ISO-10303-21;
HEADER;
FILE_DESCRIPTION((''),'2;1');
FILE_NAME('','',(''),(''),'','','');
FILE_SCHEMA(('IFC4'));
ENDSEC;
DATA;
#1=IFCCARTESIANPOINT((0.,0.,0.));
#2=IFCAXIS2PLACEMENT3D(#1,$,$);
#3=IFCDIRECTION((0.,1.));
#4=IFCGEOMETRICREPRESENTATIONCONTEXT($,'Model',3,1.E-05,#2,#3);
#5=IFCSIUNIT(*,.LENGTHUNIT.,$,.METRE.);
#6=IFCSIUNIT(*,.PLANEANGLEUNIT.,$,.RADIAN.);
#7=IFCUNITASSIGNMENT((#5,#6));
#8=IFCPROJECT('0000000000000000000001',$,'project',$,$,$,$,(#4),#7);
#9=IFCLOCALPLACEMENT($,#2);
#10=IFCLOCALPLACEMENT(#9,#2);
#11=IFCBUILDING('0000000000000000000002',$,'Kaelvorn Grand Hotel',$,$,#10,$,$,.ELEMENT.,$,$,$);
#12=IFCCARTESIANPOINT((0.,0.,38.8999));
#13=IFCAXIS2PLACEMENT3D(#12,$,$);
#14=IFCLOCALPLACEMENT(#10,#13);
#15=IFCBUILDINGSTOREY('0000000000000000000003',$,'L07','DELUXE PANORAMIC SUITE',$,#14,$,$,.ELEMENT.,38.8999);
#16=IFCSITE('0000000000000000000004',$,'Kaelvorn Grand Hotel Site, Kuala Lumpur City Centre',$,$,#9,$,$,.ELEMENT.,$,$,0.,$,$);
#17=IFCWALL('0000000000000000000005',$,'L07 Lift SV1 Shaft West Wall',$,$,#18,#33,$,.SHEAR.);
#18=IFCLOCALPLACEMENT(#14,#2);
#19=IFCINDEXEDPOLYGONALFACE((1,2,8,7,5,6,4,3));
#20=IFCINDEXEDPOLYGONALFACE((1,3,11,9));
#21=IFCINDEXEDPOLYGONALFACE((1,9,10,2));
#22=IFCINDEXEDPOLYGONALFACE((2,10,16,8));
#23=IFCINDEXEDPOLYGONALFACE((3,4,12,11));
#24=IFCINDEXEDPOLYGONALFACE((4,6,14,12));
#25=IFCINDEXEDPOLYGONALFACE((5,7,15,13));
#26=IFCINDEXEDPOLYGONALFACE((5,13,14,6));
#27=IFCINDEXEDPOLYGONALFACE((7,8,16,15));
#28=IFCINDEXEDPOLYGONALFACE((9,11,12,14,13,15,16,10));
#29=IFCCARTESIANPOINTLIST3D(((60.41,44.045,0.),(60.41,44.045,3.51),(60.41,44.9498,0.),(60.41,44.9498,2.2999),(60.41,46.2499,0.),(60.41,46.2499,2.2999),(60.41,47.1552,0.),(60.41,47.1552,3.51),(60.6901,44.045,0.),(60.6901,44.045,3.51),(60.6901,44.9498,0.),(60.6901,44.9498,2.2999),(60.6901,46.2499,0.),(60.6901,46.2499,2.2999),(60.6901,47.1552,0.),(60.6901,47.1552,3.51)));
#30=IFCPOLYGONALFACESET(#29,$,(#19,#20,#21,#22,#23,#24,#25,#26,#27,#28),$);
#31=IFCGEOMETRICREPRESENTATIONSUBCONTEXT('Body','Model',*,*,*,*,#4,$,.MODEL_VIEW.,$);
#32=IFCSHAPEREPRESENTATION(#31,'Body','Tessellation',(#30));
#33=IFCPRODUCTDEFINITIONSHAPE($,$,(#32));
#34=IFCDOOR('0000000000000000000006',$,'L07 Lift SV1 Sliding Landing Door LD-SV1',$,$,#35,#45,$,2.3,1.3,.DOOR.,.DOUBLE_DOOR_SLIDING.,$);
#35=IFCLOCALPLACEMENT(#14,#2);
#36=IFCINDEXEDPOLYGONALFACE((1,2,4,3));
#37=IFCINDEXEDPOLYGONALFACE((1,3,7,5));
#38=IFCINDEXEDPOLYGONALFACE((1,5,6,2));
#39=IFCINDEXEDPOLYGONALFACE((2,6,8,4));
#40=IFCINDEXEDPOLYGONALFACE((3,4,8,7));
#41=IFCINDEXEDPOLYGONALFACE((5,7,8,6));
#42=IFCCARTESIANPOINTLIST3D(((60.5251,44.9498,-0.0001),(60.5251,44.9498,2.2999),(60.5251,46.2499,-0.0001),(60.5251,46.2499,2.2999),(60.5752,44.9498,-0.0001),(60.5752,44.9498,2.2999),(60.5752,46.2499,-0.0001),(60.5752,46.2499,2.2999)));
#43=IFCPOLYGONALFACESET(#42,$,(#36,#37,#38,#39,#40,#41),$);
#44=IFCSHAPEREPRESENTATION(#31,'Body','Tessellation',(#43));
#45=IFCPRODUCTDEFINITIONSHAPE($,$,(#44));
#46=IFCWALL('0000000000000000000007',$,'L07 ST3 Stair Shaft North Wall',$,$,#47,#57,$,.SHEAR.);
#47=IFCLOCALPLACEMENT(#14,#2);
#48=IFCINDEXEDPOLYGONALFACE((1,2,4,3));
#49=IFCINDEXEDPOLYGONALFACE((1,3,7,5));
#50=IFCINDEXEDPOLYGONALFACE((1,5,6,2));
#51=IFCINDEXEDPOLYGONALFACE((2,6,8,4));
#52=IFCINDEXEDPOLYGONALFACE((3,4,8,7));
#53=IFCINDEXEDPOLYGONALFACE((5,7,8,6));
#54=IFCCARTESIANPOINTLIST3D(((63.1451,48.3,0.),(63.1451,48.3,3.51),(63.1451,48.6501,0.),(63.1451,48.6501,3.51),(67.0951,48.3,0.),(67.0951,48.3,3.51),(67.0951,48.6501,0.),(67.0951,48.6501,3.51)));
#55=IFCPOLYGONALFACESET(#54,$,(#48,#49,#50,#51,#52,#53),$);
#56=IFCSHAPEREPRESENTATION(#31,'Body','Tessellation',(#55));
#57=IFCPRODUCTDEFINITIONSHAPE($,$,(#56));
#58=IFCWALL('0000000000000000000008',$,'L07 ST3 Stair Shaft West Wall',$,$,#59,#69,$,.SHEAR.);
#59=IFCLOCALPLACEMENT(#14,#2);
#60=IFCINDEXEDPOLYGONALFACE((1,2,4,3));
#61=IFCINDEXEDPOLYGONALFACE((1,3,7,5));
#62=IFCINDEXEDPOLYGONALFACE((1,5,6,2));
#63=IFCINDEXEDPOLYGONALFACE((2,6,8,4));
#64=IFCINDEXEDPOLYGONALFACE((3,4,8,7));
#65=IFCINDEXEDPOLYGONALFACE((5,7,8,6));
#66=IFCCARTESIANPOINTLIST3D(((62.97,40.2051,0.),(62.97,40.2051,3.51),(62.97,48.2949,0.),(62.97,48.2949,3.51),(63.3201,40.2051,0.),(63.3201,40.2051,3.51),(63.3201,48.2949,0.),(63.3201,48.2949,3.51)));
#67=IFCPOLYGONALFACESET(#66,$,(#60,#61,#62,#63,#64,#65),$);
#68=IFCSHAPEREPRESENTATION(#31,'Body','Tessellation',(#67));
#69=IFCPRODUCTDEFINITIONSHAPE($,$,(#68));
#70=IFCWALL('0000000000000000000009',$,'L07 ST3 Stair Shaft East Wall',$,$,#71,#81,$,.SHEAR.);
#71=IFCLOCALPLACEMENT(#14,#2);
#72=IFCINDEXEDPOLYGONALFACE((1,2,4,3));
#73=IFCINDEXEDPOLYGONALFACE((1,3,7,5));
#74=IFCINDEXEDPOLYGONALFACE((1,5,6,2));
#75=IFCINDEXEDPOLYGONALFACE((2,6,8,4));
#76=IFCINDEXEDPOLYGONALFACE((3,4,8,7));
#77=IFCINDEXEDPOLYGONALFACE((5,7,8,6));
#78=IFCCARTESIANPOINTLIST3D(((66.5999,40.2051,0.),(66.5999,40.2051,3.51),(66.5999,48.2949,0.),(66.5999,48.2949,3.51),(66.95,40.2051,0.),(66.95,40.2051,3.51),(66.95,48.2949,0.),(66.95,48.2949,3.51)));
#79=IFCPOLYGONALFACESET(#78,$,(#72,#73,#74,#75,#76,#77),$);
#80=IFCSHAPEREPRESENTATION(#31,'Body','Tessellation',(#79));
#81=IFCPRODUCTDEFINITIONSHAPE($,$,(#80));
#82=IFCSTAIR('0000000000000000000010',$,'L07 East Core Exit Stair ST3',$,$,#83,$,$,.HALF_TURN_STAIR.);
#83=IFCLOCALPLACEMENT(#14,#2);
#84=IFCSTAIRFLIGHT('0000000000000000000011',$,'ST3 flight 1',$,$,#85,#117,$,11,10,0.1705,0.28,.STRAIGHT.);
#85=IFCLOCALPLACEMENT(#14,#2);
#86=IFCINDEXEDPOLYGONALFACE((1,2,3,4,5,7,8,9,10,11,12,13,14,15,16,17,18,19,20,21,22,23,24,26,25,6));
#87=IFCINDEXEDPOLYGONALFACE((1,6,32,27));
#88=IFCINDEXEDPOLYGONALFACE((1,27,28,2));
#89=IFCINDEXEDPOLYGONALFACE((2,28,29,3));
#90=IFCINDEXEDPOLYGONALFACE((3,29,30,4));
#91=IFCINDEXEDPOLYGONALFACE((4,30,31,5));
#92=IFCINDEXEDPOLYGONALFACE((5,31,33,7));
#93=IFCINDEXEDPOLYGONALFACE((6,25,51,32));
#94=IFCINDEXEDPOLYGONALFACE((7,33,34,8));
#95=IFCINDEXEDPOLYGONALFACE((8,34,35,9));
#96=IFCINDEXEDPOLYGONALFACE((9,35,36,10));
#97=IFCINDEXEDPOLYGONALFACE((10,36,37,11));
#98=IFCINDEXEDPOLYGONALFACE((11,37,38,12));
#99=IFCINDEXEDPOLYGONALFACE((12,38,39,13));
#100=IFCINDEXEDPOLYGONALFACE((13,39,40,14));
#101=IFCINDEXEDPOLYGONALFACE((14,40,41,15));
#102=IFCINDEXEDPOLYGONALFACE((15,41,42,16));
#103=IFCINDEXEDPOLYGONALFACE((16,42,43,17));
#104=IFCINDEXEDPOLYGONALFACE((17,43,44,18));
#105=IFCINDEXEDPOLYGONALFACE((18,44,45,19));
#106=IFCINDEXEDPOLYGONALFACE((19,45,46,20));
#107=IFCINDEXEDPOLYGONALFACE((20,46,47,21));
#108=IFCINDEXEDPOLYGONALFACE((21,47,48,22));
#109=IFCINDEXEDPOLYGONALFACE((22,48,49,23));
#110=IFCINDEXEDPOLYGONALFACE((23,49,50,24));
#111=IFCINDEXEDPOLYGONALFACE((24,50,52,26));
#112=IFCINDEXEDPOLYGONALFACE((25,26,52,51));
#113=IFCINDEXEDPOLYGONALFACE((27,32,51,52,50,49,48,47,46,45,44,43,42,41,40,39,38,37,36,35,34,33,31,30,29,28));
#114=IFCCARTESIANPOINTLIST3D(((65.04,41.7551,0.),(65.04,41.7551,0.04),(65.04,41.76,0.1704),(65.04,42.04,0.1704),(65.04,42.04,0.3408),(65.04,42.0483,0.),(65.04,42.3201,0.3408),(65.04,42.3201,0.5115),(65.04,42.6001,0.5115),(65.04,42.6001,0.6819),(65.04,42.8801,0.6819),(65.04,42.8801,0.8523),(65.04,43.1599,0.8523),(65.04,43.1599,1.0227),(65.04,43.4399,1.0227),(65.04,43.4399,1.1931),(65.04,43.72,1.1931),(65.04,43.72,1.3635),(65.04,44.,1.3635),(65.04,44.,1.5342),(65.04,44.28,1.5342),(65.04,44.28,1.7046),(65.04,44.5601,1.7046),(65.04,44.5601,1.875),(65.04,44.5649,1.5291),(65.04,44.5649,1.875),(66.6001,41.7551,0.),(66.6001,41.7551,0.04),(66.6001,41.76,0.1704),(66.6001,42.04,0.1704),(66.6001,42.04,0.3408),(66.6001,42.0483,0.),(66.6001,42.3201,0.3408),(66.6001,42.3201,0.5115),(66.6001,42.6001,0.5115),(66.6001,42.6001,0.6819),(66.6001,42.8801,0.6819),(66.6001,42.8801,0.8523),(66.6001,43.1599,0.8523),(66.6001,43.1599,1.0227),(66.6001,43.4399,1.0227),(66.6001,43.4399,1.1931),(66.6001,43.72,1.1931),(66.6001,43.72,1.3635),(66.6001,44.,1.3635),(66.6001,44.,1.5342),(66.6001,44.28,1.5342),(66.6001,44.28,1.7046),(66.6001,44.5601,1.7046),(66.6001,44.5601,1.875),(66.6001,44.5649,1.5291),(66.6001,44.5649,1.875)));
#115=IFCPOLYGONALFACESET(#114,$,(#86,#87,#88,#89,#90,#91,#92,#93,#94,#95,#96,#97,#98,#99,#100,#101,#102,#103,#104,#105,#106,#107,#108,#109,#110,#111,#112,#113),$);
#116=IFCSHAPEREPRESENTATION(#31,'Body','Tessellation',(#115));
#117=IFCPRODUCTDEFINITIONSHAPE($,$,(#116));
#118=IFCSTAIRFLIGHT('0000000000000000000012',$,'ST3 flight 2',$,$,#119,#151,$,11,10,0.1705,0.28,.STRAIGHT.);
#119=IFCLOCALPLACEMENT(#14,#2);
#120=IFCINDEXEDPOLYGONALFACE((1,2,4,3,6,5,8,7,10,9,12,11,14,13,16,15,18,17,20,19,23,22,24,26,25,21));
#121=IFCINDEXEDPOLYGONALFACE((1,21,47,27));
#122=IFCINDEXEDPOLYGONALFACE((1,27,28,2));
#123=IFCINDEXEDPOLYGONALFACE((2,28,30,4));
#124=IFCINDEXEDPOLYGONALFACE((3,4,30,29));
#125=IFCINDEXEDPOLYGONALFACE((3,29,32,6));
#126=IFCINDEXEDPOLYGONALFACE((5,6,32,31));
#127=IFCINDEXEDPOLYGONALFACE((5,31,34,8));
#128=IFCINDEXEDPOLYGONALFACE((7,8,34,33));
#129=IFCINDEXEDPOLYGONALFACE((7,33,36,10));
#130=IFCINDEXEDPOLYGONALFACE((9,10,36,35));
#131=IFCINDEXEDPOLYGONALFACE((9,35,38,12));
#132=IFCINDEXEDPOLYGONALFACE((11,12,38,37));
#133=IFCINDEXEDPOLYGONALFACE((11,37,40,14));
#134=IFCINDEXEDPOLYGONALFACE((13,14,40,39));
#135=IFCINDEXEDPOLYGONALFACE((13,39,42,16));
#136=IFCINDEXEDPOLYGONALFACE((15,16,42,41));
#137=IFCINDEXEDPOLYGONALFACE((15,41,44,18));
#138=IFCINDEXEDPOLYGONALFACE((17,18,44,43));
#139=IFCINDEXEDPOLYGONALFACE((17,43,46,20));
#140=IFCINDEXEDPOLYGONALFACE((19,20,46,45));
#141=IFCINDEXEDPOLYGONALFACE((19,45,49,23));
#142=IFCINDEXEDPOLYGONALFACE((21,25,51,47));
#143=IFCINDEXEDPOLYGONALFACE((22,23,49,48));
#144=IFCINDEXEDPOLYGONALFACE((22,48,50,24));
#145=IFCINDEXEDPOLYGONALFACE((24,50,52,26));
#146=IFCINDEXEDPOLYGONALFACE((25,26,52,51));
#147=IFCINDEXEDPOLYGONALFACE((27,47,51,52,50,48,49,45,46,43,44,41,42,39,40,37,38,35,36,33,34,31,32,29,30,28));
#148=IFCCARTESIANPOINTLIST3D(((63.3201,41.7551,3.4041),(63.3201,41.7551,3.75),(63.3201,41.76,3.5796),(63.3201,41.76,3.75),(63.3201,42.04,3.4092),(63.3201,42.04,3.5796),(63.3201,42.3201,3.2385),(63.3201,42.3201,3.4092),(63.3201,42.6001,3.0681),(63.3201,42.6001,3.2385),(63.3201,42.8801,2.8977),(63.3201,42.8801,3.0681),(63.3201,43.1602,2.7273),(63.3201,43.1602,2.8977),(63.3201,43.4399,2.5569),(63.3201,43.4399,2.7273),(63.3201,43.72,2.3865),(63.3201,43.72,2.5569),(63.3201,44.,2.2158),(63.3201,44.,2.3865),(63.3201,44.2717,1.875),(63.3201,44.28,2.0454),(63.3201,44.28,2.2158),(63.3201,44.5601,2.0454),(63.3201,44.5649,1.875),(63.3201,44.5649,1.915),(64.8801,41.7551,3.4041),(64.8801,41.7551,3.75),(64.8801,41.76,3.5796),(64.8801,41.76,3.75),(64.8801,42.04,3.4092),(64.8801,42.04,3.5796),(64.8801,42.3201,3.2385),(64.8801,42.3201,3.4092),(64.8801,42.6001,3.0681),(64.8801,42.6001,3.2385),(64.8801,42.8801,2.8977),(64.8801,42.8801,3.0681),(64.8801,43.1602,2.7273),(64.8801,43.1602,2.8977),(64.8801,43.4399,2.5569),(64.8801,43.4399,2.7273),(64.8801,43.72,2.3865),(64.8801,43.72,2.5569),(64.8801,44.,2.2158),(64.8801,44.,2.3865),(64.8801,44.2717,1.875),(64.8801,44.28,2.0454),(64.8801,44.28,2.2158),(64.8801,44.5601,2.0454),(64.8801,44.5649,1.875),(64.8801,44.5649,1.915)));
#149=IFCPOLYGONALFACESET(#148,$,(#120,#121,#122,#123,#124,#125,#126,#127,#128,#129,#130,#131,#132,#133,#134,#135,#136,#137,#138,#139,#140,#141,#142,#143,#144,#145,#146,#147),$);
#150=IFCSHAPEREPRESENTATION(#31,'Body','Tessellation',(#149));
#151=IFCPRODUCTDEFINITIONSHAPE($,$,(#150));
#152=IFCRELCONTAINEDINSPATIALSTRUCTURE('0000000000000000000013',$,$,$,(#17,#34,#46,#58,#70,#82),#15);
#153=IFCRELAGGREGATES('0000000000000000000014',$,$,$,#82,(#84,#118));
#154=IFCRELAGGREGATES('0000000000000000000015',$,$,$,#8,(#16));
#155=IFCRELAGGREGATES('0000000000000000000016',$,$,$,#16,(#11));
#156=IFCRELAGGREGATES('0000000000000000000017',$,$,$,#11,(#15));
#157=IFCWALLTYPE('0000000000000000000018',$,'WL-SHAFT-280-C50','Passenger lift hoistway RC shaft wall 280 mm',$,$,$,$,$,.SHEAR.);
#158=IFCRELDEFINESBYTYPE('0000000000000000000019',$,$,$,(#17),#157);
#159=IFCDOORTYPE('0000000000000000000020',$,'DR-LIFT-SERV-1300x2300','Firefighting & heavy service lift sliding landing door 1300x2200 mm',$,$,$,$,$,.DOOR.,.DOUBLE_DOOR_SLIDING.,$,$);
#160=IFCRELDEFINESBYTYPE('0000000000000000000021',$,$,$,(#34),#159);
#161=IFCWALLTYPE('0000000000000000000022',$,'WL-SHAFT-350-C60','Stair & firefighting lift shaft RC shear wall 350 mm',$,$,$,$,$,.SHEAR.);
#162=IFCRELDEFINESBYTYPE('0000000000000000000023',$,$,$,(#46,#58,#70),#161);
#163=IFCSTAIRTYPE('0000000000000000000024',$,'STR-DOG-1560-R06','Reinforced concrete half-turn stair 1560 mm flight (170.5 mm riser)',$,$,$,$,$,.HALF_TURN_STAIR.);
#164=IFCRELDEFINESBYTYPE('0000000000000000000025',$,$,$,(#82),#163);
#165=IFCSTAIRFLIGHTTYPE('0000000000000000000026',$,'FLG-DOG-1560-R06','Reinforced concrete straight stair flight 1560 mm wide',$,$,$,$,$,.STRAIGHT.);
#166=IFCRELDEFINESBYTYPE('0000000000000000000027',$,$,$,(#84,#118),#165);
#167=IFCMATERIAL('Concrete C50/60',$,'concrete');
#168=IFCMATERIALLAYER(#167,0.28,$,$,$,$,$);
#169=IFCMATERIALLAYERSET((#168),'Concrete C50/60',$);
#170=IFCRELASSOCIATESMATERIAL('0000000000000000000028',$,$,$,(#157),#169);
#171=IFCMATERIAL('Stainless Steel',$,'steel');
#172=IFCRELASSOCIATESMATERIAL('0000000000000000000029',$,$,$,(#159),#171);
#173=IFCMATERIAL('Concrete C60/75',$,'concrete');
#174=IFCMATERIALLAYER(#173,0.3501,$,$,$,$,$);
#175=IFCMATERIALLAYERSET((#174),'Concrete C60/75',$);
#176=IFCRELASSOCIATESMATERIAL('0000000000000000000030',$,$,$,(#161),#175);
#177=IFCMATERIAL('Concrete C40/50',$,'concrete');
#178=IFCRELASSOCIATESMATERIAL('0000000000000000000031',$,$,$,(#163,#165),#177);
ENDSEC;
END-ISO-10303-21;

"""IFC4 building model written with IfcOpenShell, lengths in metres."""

from ifc_helpers import new_model, si_unit, direction, frame, frame_2d, origin, place, context, subcontext, project, spatial, polyline, rectangle, outline, extrude, material, layer, layer_set, type_object, element, fill, aggregate, save


model = new_model("IFC4")

# Units and contexts
model_context = context("Model", 3, precision=1e-05, world=origin(), true_north=direction((0.0, 1.0)))
body_context = subcontext(model_context, "Body", "Model", "MODEL_VIEW")
ifc_project = project(units=[si_unit("LENGTHUNIT", "METRE"), si_unit("PLANEANGLEUNIT", "RADIAN")], contexts=[model_context])

# Site, building, storey
site_placement = place(None, origin())
site = spatial("IfcSite", under=ifc_project, at=site_placement, Name="Kaelvorn Grand Hotel Site, Kuala Lumpur City Centre", CompositionType="ELEMENT", RefElevation=0.0)
building_placement = place(site_placement, origin())
building = spatial("IfcBuilding", under=site, at=building_placement, Name="Kaelvorn Grand Hotel", CompositionType="ELEMENT")
storey_placement = place(building_placement, frame((0.0, 0.0, 38.8999)))
storey = spatial("IfcBuildingStorey", under=building, at=storey_placement, Name="L07", Description="DELUXE PANORAMIC SUITE", CompositionType="ELEMENT", Elevation=38.8999)

# Shared definitions
ifc_material_1 = material(Name="Concrete C60/75", Category="concrete")

# Shared definitions
ifc_material_2 = material(Name="Concrete C40/50", Category="concrete")
ifc_material_3 = material(Name="Concrete C50/60", Category="concrete")
ifc_layer_1 = layer(ifc_material_3, 0.28)
ifc_layer_set_1 = layer_set([ifc_layer_1], Name="Concrete C50/60")
wall_type_1 = type_object("IfcWallType", Name="WL-SHAFT-280-C50", Description="Passenger lift hoistway RC shaft wall 280 mm", PredefinedType="SHEAR", material=ifc_layer_set_1)

# Wall, opening, door
wall_1_placement = place(storey_placement, frame((60.55, 44.0449, 0.0), z_axis=(0.0, 0.0, 1.0), x_axis=(0.0, 1.0, 0.0)))
wall_1 = element("IfcWall", 1, at=wall_1_placement, inside=storey, type_object=wall_type_1, Name="L07 Lift SV1 Shaft West Wall", PredefinedType="SHEAR", context=body_context, shape_type="SweptSolid", body=[
    extrude(rectangle(XDim=3.1101, YDim=0.28, at=frame_2d((1.5552, 0.0))), origin(), (0.0, 0.0, 1.0), 3.51),
])
opening_1_placement = place(wall_1_placement, frame((0.905, 0.0, 0.0)))
opening_1 = element("IfcOpeningElement", 2, at=opening_1_placement, cuts=wall_1, PredefinedType="OPENING", context=body_context, shape_type="SweptSolid", body=[
    extrude(rectangle(XDim=1.3, YDim=2.3, at=frame_2d((0.6499, 1.1499))), frame((0.0, 0.1499, 0.0), z_axis=(0.0, -1.0, 0.0), x_axis=(1.0, 0.0, 0.0)), (0.0, 0.0, 1.0), 0.3),
])
ifc_material_4 = material(Name="Stainless Steel", Category="steel")
door_type_1 = type_object("IfcDoorType", Name="DR-LIFT-SERV-1300x2300", Description="Firefighting & heavy service lift sliding landing door 1300x2200 mm", OperationType="DOUBLE_DOOR_SLIDING", PredefinedType="DOOR", material=ifc_material_4)
door_1_placement = place(opening_1_placement, origin())
door_1 = element("IfcDoor", 3, at=door_1_placement, inside=storey, type_object=door_type_1, Name="L07 Lift SV1 Sliding Landing Door LD-SV1", OperationType="DOUBLE_DOOR_SLIDING", OverallHeight=2.3, OverallWidth=1.3, PredefinedType="DOOR", context=body_context, shape_type="SweptSolid", body=[
    extrude(rectangle(XDim=1.3, YDim=2.3, at=frame_2d((0.6499, 1.1499))), frame((0.0, 0.0249, 0.0), z_axis=(0.0, -1.0, 0.0), x_axis=(1.0, 0.0, 0.0)), (0.0, 0.0, 1.0), 0.05),
])
fill(opening_1, door_1)
ifc_layer_2 = layer(ifc_material_1, 0.3501)
ifc_layer_set_2 = layer_set([ifc_layer_2], Name="Concrete C60/75")
wall_type_2 = type_object("IfcWallType", Name="WL-SHAFT-350-C60", Description="Stair & firefighting lift shaft RC shear wall 350 mm", PredefinedType="SHEAR", material=ifc_layer_set_2)

# Walls
wall_2_placement = place(storey_placement, frame((63.145, 48.4751, 0.0), z_axis=(0.0, 0.0, 1.0), x_axis=(1.0, 0.0, 0.0)))
element("IfcWall", 4, at=wall_2_placement, inside=storey, type_object=wall_type_2, Name="L07 ST3 Stair Shaft North Wall", PredefinedType="SHEAR", context=body_context, shape_type="SweptSolid", body=[
    extrude(rectangle(XDim=3.95, YDim=0.3501, at=frame_2d((1.9751, 0.0))), origin(), (0.0, 0.0, 1.0), 3.51),
])
for number, where, z_axis, x_axis, name in (
    (5, (63.145, 40.2051, 0.0), (0.0, 0.0, 1.0), (0.0, 1.0, 0.0), "L07 ST3 Stair Shaft West Wall"),
    (6, (66.7749, 40.2051, 0.0), (0.0, 0.0, 1.0), (0.0, 1.0, 0.0), "L07 ST3 Stair Shaft East Wall"),
):
    element("IfcWall", number, at=place(storey_placement, frame(where, z_axis=z_axis, x_axis=x_axis)), inside=storey, type_object=wall_type_2, Name=name, PredefinedType="SHEAR", context=body_context, shape_type="SweptSolid", body=[
        extrude(rectangle(XDim=8.0898, YDim=0.3501, at=frame_2d((4.0449, 0.0))), origin(), (0.0, 0.0, 1.0), 3.51),
    ])

# Stair, stair flights
stair_type = type_object("IfcStairType", Name="STR-DOG-1560-R06", Description="Reinforced concrete half-turn stair 1560 mm flight (170.5 mm riser)", PredefinedType="HALF_TURN_STAIR", material=ifc_material_2)
stair_placement = place(storey_placement, origin())
stair = element("IfcStair", 7, at=stair_placement, inside=storey, type_object=stair_type, Name="L07 East Core Exit Stair ST3", PredefinedType="HALF_TURN_STAIR")
stair_flight_type = type_object("IfcStairFlightType", Name="FLG-DOG-1560-R06", Description="Reinforced concrete straight stair flight 1560 mm wide", PredefinedType="STRAIGHT", material=ifc_material_2)
stair_flight_1_placement = place(storey_placement, frame((65.8201, 41.76, 0.0), z_axis=(0.0, 0.0, 1.0), x_axis=(0.0, 1.0, 0.0)))
stair_flight_1 = element("IfcStairFlight", 8, at=stair_flight_1_placement, type_object=stair_flight_type, Name="ST3 flight 1", NumberOfRisers=11, NumberOfTreads=10, PredefinedType="STRAIGHT", RiserHeight=0.1705, TreadLength=0.28, context=body_context, shape_type="SweptSolid", body=[
    extrude(outline(polyline([(-0.0049, 0.0), (-0.0049, 0.04), (0.0, 0.1704), (0.28, 0.1704), (0.28, 0.3408), (0.5601, 0.3408), (0.5601, 0.5115), (0.8401, 0.5115), (0.8401, 0.6819), (1.1201, 0.6819), (1.1201, 0.8523), (1.3999, 0.8523), (1.3999, 1.0227), (1.6799, 1.0227), (1.6799, 1.1931), (1.96, 1.1931), (1.96, 1.3635), (2.24, 1.3635), (2.24, 1.5342), (2.52, 1.5342), (2.52, 1.7046), (2.8, 1.7046), (2.8, 1.875), (2.8049, 1.875), (2.8049, 1.5291), (0.2883, 0.0), (-0.0049, 0.0)])), frame((0.0, 0.78, 0.0), z_axis=(0.0, -1.0, 0.0), x_axis=(1.0, 0.0, 0.0)), (0.0, 0.0, 1.0), 1.5601),
])
stair_flight_2_placement = place(storey_placement, frame((64.1001, 44.5601, 1.875), z_axis=(0.0, 0.0, 1.0), x_axis=(0.0, -1.0, 0.0)))
stair_flight_2 = element("IfcStairFlight", 9, at=stair_flight_2_placement, type_object=stair_flight_type, Name="ST3 flight 2", NumberOfRisers=11, NumberOfTreads=10, PredefinedType="STRAIGHT", RiserHeight=0.1705, TreadLength=0.28, context=body_context, shape_type="SweptSolid", body=[
    extrude(outline(polyline([(-0.0049, 0.0), (-0.0049, 0.04), (0.0, 0.1704), (0.28, 0.1704), (0.28, 0.3408), (0.5601, 0.3408), (0.5601, 0.5115), (0.8401, 0.5115), (0.8401, 0.6819), (1.1201, 0.6819), (1.1201, 0.8523), (1.3999, 0.8523), (1.3999, 1.0227), (1.6799, 1.0227), (1.6799, 1.1931), (1.96, 1.1931), (1.96, 1.3635), (2.24, 1.3635), (2.24, 1.5342), (2.52, 1.5342), (2.52, 1.7046), (2.8, 1.7046), (2.8, 1.875), (2.8049, 1.875), (2.8049, 1.5291), (0.2883, 0.0), (-0.0049, 0.0)])), frame((0.0, 0.78, 0.0), z_axis=(0.0, -1.0, 0.0), x_axis=(1.0, 0.0, 0.0)), (0.0, 0.0, 1.0), 1.5601),
])
aggregate(stair, [stair_flight_1, stair_flight_2])

save(model, "model.ifc")
